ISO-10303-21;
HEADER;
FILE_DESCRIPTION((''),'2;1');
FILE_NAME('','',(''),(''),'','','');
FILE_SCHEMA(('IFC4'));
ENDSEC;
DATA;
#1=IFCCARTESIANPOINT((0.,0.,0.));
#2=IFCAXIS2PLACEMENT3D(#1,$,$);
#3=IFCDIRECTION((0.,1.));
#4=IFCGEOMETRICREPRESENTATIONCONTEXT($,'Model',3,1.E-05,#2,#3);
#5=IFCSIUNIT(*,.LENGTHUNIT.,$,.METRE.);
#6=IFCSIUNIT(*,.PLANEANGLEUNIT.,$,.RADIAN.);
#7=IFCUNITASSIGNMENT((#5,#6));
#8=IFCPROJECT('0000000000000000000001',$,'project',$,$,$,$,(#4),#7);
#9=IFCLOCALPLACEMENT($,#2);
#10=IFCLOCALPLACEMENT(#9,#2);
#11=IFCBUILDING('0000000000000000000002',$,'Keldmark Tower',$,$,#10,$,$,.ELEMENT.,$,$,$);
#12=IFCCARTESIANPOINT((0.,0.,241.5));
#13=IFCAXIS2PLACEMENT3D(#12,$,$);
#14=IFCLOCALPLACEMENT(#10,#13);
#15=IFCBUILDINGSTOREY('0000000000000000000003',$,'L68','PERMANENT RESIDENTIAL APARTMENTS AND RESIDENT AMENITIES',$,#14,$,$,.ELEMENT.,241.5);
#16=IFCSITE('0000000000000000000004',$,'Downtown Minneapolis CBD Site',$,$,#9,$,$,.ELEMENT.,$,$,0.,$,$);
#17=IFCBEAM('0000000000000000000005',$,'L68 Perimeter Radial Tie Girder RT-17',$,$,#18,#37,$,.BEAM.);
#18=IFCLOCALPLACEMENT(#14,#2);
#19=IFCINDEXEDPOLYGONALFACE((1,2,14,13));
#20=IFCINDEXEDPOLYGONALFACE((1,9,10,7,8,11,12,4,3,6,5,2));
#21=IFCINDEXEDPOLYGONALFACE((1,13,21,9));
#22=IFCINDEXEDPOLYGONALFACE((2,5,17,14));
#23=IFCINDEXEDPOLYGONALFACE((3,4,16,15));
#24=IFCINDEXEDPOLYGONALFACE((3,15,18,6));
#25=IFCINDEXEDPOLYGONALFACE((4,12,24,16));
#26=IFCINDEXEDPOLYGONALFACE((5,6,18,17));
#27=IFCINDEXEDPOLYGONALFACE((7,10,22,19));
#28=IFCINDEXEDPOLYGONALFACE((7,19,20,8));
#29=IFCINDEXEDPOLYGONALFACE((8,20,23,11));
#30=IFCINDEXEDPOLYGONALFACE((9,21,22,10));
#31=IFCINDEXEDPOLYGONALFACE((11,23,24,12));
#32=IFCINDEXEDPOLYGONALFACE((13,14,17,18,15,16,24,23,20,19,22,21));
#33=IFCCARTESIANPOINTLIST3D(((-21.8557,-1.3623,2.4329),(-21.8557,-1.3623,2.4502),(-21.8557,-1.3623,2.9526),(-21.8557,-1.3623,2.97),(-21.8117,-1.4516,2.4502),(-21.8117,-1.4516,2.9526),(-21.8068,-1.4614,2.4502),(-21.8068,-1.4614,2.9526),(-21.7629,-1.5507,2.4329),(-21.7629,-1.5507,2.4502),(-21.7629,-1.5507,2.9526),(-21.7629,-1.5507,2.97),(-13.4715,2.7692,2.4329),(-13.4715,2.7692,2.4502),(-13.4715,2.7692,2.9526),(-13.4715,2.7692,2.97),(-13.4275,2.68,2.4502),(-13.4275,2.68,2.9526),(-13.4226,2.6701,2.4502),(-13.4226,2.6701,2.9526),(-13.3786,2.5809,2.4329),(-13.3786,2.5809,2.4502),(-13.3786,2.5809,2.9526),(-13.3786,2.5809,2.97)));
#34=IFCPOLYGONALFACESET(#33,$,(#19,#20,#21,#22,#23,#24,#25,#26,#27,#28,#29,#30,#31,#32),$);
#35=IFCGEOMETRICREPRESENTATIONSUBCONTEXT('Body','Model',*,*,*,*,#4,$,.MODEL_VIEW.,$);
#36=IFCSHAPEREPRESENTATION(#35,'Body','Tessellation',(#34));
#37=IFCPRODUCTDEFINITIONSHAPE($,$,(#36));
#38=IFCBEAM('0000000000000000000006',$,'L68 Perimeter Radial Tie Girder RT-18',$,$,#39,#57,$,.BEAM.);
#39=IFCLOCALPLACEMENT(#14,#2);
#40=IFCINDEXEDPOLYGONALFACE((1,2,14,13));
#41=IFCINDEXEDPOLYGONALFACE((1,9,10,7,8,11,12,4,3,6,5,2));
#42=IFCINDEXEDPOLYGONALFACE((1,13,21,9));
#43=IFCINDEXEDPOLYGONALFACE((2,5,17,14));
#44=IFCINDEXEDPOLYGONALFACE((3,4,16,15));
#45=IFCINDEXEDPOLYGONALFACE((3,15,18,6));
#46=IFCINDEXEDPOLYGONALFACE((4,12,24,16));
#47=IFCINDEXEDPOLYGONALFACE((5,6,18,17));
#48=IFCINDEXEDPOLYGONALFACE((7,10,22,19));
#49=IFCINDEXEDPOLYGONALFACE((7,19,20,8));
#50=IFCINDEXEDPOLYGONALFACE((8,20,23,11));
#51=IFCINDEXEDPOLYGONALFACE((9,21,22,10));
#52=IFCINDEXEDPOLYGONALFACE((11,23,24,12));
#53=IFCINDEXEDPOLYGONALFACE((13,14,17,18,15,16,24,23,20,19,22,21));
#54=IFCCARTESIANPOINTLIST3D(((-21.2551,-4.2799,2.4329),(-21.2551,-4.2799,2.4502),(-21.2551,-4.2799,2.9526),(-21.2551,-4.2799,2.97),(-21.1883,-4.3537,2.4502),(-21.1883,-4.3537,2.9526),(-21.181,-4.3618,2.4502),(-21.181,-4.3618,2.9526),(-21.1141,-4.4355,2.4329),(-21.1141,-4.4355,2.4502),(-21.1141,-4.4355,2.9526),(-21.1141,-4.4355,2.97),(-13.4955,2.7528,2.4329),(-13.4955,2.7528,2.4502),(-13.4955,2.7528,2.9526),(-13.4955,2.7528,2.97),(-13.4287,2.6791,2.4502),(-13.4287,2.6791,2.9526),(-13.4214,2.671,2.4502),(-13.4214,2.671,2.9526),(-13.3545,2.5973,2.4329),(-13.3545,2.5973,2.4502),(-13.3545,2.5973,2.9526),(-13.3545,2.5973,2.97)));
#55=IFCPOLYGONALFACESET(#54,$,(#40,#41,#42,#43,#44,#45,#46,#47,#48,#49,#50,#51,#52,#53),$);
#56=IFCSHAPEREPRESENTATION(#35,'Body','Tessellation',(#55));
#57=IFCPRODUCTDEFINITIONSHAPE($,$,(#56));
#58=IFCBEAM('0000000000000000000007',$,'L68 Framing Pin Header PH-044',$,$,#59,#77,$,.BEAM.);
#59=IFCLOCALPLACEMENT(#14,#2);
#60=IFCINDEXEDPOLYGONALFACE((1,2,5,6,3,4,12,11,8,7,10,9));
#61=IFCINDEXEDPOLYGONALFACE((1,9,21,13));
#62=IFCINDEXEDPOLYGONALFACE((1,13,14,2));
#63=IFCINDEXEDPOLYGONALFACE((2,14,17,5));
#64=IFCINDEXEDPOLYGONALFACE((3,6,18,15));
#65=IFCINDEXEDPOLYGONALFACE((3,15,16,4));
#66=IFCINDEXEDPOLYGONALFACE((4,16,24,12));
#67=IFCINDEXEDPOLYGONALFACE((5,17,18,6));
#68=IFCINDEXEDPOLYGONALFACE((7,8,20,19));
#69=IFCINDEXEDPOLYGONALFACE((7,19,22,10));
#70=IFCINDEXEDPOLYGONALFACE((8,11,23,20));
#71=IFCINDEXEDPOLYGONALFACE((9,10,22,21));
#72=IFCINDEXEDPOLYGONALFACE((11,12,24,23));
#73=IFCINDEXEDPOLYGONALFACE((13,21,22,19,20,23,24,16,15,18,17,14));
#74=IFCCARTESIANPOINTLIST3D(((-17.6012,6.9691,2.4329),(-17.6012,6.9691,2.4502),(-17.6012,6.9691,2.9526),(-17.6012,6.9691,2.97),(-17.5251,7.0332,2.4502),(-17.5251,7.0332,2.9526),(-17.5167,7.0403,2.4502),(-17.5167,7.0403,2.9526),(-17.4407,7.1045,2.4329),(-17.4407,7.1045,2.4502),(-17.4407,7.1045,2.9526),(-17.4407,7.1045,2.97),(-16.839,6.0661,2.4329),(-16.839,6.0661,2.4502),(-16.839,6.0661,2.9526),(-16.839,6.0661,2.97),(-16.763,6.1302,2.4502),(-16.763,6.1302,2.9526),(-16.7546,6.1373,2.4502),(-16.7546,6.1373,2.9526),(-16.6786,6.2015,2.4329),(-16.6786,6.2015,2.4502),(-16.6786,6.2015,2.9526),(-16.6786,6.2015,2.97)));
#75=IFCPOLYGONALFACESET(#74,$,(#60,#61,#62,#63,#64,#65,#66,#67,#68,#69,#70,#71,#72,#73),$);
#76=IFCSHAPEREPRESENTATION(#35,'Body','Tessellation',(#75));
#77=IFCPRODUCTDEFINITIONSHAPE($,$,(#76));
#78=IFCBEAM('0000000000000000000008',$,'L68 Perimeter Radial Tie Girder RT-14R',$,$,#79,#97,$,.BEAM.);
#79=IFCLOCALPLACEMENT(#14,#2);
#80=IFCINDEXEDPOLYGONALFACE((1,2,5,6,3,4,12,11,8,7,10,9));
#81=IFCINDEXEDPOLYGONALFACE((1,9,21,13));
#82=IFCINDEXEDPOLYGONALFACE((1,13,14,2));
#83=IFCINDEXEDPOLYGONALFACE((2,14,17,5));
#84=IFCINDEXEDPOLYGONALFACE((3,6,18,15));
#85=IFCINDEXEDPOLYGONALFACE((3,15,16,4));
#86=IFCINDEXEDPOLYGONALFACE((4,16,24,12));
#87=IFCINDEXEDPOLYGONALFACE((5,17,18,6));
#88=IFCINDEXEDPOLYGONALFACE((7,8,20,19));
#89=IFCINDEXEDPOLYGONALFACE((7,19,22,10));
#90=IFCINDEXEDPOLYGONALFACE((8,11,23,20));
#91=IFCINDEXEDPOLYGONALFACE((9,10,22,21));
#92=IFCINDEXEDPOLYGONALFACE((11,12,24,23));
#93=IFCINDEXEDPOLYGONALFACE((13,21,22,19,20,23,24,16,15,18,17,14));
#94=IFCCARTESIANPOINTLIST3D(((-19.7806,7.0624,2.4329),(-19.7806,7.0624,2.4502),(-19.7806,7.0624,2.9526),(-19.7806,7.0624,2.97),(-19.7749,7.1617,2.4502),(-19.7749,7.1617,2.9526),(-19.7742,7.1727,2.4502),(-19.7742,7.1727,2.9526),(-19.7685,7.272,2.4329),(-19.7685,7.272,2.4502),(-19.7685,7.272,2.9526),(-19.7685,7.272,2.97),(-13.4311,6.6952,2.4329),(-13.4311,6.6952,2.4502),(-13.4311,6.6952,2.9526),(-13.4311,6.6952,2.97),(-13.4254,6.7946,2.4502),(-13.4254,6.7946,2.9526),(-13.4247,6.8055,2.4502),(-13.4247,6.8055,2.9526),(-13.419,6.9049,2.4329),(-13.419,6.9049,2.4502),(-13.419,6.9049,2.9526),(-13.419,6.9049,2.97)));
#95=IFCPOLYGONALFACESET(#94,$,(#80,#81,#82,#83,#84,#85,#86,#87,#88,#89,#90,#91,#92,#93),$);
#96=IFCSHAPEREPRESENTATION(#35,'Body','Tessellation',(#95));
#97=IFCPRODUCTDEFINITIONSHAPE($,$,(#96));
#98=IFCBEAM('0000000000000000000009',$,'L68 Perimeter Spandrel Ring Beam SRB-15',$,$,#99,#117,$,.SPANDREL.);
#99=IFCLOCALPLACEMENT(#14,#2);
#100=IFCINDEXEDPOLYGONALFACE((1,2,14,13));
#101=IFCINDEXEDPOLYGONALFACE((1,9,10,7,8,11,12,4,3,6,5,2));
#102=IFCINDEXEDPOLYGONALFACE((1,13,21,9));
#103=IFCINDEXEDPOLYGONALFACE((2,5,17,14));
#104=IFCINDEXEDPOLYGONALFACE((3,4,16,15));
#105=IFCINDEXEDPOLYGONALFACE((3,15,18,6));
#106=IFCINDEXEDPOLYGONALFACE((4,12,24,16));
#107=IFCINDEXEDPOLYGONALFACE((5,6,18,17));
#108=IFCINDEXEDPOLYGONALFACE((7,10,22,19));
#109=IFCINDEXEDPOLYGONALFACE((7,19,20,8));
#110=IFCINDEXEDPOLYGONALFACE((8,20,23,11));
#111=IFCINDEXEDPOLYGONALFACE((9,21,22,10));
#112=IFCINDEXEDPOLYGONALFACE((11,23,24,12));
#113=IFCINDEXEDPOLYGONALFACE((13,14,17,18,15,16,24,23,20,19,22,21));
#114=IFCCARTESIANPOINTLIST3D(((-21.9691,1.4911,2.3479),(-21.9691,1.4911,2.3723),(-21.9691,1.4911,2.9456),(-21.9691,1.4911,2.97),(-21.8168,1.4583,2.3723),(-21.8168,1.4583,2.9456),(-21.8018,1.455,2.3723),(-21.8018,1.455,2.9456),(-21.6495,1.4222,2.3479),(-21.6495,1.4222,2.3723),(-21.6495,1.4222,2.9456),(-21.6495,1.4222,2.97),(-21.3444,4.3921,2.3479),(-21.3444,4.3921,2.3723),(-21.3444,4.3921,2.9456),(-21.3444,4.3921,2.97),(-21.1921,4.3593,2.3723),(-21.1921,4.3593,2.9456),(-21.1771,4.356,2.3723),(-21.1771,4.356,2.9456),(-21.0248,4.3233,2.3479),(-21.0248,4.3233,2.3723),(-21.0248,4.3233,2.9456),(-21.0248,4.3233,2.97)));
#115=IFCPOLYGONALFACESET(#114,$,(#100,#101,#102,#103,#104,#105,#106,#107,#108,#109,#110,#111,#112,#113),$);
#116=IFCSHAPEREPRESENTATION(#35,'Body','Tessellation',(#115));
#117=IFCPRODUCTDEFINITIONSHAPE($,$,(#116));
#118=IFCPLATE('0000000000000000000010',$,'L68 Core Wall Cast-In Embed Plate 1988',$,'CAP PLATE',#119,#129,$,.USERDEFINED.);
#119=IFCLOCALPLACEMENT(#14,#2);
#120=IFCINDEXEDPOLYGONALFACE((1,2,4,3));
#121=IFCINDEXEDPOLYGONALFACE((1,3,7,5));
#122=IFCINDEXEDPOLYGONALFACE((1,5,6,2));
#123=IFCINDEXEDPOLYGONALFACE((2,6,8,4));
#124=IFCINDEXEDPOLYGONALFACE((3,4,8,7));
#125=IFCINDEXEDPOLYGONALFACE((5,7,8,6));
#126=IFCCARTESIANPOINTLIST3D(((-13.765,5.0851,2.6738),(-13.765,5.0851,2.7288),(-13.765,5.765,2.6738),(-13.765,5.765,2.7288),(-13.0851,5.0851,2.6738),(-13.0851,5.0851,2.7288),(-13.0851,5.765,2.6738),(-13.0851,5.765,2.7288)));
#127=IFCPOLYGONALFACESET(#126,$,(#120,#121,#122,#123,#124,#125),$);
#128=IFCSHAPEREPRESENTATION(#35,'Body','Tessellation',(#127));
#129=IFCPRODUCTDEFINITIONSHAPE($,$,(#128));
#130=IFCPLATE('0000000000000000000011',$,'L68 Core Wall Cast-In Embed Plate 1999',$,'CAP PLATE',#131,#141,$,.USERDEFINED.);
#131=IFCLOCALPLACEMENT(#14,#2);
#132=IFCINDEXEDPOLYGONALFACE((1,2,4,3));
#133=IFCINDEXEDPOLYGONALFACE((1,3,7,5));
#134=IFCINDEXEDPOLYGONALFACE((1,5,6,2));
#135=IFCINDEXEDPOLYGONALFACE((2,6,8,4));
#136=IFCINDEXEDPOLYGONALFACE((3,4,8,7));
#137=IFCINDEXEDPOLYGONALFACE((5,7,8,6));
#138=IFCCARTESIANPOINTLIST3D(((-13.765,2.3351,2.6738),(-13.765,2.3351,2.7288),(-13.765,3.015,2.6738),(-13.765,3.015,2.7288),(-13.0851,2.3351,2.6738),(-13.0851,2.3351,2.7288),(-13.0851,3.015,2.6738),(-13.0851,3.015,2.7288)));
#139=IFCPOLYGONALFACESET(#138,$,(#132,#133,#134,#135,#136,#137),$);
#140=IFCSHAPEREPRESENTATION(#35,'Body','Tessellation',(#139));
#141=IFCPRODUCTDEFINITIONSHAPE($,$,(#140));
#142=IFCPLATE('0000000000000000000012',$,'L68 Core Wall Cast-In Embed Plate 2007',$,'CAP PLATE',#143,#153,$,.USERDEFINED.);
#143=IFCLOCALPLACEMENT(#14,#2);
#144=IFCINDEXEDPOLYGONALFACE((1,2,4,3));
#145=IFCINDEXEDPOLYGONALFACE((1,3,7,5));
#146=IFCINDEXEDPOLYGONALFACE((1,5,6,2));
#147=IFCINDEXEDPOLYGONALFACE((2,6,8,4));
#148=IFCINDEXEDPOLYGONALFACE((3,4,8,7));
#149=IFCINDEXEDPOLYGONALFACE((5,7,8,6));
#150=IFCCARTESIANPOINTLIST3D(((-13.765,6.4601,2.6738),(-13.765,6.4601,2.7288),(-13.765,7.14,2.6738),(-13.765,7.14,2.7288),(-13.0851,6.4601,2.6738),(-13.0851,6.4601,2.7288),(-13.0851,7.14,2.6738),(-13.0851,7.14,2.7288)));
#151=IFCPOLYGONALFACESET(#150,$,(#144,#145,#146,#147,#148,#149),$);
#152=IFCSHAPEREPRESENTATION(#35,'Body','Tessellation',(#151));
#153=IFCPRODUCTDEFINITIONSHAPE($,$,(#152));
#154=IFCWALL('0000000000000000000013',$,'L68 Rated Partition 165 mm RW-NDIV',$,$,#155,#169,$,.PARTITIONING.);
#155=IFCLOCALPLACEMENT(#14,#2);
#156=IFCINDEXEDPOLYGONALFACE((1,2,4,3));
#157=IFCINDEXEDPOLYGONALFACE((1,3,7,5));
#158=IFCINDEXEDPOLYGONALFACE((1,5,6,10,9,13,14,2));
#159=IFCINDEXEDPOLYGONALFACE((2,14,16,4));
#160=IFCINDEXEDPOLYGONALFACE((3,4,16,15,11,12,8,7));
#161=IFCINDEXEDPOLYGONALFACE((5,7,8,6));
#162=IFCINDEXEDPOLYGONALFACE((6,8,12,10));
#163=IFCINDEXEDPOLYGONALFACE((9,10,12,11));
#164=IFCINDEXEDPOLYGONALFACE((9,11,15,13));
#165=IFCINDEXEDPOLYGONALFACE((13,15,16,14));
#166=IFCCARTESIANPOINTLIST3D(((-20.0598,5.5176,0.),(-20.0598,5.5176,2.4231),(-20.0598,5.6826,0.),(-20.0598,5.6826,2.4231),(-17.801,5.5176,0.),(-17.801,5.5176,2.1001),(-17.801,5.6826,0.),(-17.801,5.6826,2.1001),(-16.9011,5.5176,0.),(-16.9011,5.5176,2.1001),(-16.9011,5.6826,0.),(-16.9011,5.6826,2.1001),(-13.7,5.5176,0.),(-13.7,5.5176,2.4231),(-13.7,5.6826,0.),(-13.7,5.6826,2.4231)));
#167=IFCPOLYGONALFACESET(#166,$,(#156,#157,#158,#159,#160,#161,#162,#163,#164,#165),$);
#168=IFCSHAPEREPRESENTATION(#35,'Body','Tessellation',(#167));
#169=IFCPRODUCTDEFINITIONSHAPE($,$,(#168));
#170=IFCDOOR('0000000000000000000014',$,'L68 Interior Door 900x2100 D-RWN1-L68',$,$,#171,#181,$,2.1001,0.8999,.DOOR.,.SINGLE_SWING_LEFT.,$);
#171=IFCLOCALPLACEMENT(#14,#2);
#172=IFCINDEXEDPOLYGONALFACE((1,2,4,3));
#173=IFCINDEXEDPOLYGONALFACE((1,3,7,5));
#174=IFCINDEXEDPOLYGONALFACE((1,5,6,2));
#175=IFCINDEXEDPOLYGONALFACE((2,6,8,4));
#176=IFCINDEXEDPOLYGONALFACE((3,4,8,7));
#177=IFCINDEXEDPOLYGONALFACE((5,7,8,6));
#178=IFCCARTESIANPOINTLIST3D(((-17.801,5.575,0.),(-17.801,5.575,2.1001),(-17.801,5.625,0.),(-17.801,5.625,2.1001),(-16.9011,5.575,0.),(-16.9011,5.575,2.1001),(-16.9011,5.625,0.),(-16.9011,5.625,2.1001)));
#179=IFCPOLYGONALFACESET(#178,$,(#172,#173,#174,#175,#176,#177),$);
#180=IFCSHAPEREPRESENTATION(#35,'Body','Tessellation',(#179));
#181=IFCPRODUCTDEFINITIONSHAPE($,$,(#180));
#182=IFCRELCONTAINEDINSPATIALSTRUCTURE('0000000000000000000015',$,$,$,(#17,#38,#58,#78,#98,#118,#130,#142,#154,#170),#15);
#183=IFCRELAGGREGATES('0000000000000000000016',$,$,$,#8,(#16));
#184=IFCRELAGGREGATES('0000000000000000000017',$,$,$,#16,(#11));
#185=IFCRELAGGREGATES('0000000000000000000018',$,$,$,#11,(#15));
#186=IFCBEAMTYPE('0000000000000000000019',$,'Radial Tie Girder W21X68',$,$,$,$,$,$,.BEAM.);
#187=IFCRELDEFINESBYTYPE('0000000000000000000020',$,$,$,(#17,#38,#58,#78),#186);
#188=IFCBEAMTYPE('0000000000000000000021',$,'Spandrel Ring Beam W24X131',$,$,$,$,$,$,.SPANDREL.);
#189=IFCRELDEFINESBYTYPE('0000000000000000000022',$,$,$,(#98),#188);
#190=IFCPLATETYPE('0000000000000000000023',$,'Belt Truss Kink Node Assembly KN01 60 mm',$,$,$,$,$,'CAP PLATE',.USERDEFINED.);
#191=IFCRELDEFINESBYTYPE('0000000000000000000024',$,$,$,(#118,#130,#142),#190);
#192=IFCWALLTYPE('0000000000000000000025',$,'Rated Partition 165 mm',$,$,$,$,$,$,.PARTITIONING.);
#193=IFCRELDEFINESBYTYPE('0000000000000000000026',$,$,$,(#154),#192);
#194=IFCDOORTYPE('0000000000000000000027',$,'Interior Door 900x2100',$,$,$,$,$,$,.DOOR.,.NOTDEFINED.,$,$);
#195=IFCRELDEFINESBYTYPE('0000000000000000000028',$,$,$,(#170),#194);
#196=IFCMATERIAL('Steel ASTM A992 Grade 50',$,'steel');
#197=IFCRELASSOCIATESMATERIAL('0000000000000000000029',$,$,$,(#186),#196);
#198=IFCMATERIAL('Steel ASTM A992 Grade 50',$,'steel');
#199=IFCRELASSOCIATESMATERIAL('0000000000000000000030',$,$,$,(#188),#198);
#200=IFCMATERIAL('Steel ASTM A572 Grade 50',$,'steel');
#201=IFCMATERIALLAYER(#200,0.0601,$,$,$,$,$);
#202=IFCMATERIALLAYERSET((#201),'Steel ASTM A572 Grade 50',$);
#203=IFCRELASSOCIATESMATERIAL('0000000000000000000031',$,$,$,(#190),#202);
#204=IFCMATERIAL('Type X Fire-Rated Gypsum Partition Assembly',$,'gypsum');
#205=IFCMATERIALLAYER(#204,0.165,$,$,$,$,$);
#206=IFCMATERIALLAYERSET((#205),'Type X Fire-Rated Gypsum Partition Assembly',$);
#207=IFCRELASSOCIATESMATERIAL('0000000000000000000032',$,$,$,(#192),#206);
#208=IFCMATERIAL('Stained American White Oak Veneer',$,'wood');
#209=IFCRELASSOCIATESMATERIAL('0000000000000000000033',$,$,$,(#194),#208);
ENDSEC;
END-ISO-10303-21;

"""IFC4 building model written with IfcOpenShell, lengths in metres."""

from ifc_helpers import new_model, si_unit, direction, frame, frame_2d, origin, origin_2d, place, context, subcontext, project, spatial, rectangle, i_section, extrude, material, layer, layer_set, material_profile, profile_set, type_object, element, fill, save


model = new_model("IFC4")

# Units and contexts
model_context = context("Model", 3, precision=1e-05, world=origin(), true_north=direction((0.0, 1.0)))
body_context = subcontext(model_context, "Body", "Model", "MODEL_VIEW")
ifc_project = project(units=[si_unit("LENGTHUNIT", "METRE"), si_unit("PLANEANGLEUNIT", "RADIAN")], contexts=[model_context])

# Site, building, storey
site_placement = place(None, origin())
site = spatial("IfcSite", under=ifc_project, at=site_placement, Name="Downtown Minneapolis CBD Site", CompositionType="ELEMENT", RefElevation=0.0)
building_placement = place(site_placement, origin())
building = spatial("IfcBuilding", under=site, at=building_placement, Name="Keldmark Tower", CompositionType="ELEMENT")
storey_placement = place(building_placement, frame((0.0, 0.0, 241.5)))
storey = spatial("IfcBuildingStorey", under=building, at=storey_placement, Name="L68", Description="PERMANENT RESIDENTIAL APARTMENTS AND RESIDENT AMENITIES", CompositionType="ELEMENT", Elevation=241.5)

# Beams
ifc_material_1 = material(Name="Steel ASTM A992 Grade 50", Category="steel")
ifc_material_profile_1 = material_profile(ifc_material_1, i_section(OverallWidth=0.21, OverallDepth=0.5371, WebThickness=0.011, FlangeThickness=0.0173, at=origin_2d()), Name="W21X68")
ifc_profile_set_1 = profile_set([ifc_material_profile_1], Name="Steel ASTM A992 Grade 50")
beam_type_1 = type_object("IfcBeamType", Name="Radial Tie Girder W21X68", PredefinedType="BEAM", material=ifc_profile_set_1)
beam_1_placement = place(storey_placement, frame((-13.425, 2.675, 2.7014), z_axis=(-0.897003, -0.442024, 0.0), x_axis=(0.442024, -0.897003, 0.0)))
element("IfcBeam", 1, at=beam_1_placement, inside=storey, type_object=beam_type_1, Name="L68 Perimeter Radial Tie Girder RT-17", PredefinedType="BEAM", context=body_context, shape_type="SweptSolid", body=[
    extrude(i_section(OverallWidth=0.21, OverallDepth=0.5371, WebThickness=0.011, FlangeThickness=0.0173, at=origin_2d()), origin(), (0.0, 0.0, 1.0), 9.3469),
])
beam_2_placement = place(storey_placement, frame((-13.425, 2.675, 2.7014), z_axis=(-0.740956, -0.671553, 0.0), x_axis=(0.671553, -0.740956, 0.0)))
element("IfcBeam", 2, at=beam_2_placement, inside=storey, type_object=beam_type_1, Name="L68 Perimeter Radial Tie Girder RT-18", PredefinedType="BEAM", context=body_context, shape_type="SweptSolid", body=[
    extrude(i_section(OverallWidth=0.21, OverallDepth=0.5371, WebThickness=0.011, FlangeThickness=0.0173, at=origin_2d()), origin(), (0.0, 0.0, 1.0), 10.4724),
])
beam_3_placement = place(storey_placement, frame((-16.7588, 6.1338, 2.7014), z_axis=(-0.644988, 0.764193, 0.0), x_axis=(-0.764193, -0.644988, 0.0)))
element("IfcBeam", 3, at=beam_3_placement, inside=storey, type_object=beam_type_1, Name="L68 Framing Pin Header PH-044", PredefinedType="BEAM", context=body_context, shape_type="SweptSolid", body=[
    extrude(i_section(OverallWidth=0.21, OverallDepth=0.5371, WebThickness=0.011, FlangeThickness=0.0173, at=origin_2d()), origin(), (0.0, 0.0, 1.0), 1.1816),
])
beam_4_placement = place(storey_placement, frame((-13.425, 6.8, 2.7014), z_axis=(-0.998332, 0.057732, 0.0), x_axis=(-0.057732, -0.998332, 0.0)))
element("IfcBeam", 4, at=beam_4_placement, inside=storey, type_object=beam_type_1, Name="L68 Perimeter Radial Tie Girder RT-14R", PredefinedType="BEAM", context=body_context, shape_type="SweptSolid", body=[
    extrude(i_section(OverallWidth=0.21, OverallDepth=0.5371, WebThickness=0.011, FlangeThickness=0.0173, at=origin_2d()), origin(), (0.0, 0.0, 1.0), 6.3601),
])
ifc_material_2 = material(Name="Steel ASTM A992 Grade 50", Category="steel")
ifc_material_profile_2 = material_profile(ifc_material_2, i_section(OverallWidth=0.3269, OverallDepth=0.6221, WebThickness=0.0154, FlangeThickness=0.0244, at=origin_2d()), Name="W24X131")
ifc_profile_set_2 = profile_set([ifc_material_profile_2], Name="Steel ASTM A992 Grade 50")
beam_type_2 = type_object("IfcBeamType", Name="Spandrel Ring Beam W24X131", PredefinedType="SPANDREL", material=ifc_profile_set_2)
beam_5_placement = place(storey_placement, frame((-21.1846, 4.3577, 2.6589), z_axis=(-0.210523, -0.977589, 0.0), x_axis=(0.977589, -0.210523, 0.0)))
element("IfcBeam", 5, at=beam_5_placement, inside=storey, type_object=beam_type_2, Name="L68 Perimeter Spandrel Ring Beam SRB-15", PredefinedType="SPANDREL", context=body_context, shape_type="SweptSolid", body=[
    extrude(i_section(OverallWidth=0.3269, OverallDepth=0.6221, WebThickness=0.0154, FlangeThickness=0.0244, at=origin_2d()), origin(), (0.0, 0.0, 1.0), 2.9675),
])

# Plates
ifc_material_3 = material(Name="Steel ASTM A572 Grade 50", Category="steel")
ifc_layer_1 = layer(ifc_material_3, 0.0601)
ifc_layer_set_1 = layer_set([ifc_layer_1], Name="Steel ASTM A572 Grade 50")
plate_type = type_object("IfcPlateType", Name="Belt Truss Kink Node Assembly KN01 60 mm", ElementType="CAP PLATE", PredefinedType="USERDEFINED", material=ifc_layer_set_1)
for number, where, z_axis, x_axis, name in (
    (6, (-13.425, 5.425, 2.6738), (0.0, 0.0, 1.0), (1.0, 0.0, 0.0), "L68 Core Wall Cast-In Embed Plate 1988"),
    (7, (-13.425, 2.675, 2.6738), (0.0, 0.0, 1.0), (1.0, 0.0, 0.0), "L68 Core Wall Cast-In Embed Plate 1999"),
    (8, (-13.425, 6.8, 2.6738), (0.0, 0.0, 1.0), (1.0, 0.0, 0.0), "L68 Core Wall Cast-In Embed Plate 2007"),
):
    element("IfcPlate", number, at=place(storey_placement, frame(where, z_axis=z_axis, x_axis=x_axis)), inside=storey, type_object=plate_type, Name=name, ObjectType="CAP PLATE", PredefinedType="USERDEFINED", context=body_context, shape_type="SweptSolid", body=[
        extrude(rectangle(XDim=0.6799, YDim=0.6799, at=origin_2d()), origin(), (0.0, 0.0, 1.0), 0.0549),
    ])

# Wall, opening, door
ifc_material_4 = material(Name="Type X Fire-Rated Gypsum Partition Assembly", Category="gypsum")
ifc_layer_2 = layer(ifc_material_4, 0.165)
ifc_layer_set_2 = layer_set([ifc_layer_2], Name="Type X Fire-Rated Gypsum Partition Assembly")
wall_type_1 = type_object("IfcWallType", Name="Rated Partition 165 mm", PredefinedType="PARTITIONING", material=ifc_layer_set_2)
wall_1_placement = place(storey_placement, frame((-20.0598, 5.6001, 0.0), z_axis=(0.0, 0.0, 1.0), x_axis=(1.0, 0.0, 0.0)))
wall_1 = element("IfcWall", 9, at=wall_1_placement, inside=storey, type_object=wall_type_1, Name="L68 Rated Partition 165 mm RW-NDIV", PredefinedType="PARTITIONING", context=body_context, shape_type="SweptSolid", body=[
    extrude(rectangle(XDim=6.3599, YDim=0.165, at=frame_2d((3.1799, 0.0))), origin(), (0.0, 0.0, 1.0), 2.4231),
])
opening_1_placement = place(wall_1_placement, frame((2.2588, 0.0, 0.0)))
opening_1 = element("IfcOpeningElement", 10, at=opening_1_placement, cuts=wall_1, PredefinedType="OPENING", context=body_context, shape_type="SweptSolid", body=[
    extrude(rectangle(XDim=0.8999, YDim=2.1001, at=frame_2d((0.45, 1.05))), frame((0.0, 0.0925, 0.0), z_axis=(0.0, -1.0, 0.0), x_axis=(1.0, 0.0, 0.0)), (0.0, 0.0, 1.0), 0.1851),
])
ifc_material_5 = material(Name="Stained American White Oak Veneer", Category="wood")
door_type = type_object("IfcDoorType", Name="Interior Door 900x2100", OperationType="NOTDEFINED", PredefinedType="DOOR", material=ifc_material_5)
door_placement = place(opening_1_placement, origin())
door = element("IfcDoor", 11, at=door_placement, inside=storey, type_object=door_type, Name="L68 Interior Door 900x2100 D-RWN1-L68", OperationType="SINGLE_SWING_LEFT", OverallHeight=2.1001, OverallWidth=0.8999, PredefinedType="DOOR", context=body_context, shape_type="SweptSolid", body=[
    extrude(rectangle(XDim=0.8999, YDim=2.1001, at=frame_2d((0.45, 1.05))), frame((0.0, 0.0249, 0.0), z_axis=(0.0, -1.0, 0.0), x_axis=(1.0, 0.0, 0.0)), (0.0, 0.0, 1.0), 0.05),
])
fill(opening_1, door)

save(model, "model.ifc")
